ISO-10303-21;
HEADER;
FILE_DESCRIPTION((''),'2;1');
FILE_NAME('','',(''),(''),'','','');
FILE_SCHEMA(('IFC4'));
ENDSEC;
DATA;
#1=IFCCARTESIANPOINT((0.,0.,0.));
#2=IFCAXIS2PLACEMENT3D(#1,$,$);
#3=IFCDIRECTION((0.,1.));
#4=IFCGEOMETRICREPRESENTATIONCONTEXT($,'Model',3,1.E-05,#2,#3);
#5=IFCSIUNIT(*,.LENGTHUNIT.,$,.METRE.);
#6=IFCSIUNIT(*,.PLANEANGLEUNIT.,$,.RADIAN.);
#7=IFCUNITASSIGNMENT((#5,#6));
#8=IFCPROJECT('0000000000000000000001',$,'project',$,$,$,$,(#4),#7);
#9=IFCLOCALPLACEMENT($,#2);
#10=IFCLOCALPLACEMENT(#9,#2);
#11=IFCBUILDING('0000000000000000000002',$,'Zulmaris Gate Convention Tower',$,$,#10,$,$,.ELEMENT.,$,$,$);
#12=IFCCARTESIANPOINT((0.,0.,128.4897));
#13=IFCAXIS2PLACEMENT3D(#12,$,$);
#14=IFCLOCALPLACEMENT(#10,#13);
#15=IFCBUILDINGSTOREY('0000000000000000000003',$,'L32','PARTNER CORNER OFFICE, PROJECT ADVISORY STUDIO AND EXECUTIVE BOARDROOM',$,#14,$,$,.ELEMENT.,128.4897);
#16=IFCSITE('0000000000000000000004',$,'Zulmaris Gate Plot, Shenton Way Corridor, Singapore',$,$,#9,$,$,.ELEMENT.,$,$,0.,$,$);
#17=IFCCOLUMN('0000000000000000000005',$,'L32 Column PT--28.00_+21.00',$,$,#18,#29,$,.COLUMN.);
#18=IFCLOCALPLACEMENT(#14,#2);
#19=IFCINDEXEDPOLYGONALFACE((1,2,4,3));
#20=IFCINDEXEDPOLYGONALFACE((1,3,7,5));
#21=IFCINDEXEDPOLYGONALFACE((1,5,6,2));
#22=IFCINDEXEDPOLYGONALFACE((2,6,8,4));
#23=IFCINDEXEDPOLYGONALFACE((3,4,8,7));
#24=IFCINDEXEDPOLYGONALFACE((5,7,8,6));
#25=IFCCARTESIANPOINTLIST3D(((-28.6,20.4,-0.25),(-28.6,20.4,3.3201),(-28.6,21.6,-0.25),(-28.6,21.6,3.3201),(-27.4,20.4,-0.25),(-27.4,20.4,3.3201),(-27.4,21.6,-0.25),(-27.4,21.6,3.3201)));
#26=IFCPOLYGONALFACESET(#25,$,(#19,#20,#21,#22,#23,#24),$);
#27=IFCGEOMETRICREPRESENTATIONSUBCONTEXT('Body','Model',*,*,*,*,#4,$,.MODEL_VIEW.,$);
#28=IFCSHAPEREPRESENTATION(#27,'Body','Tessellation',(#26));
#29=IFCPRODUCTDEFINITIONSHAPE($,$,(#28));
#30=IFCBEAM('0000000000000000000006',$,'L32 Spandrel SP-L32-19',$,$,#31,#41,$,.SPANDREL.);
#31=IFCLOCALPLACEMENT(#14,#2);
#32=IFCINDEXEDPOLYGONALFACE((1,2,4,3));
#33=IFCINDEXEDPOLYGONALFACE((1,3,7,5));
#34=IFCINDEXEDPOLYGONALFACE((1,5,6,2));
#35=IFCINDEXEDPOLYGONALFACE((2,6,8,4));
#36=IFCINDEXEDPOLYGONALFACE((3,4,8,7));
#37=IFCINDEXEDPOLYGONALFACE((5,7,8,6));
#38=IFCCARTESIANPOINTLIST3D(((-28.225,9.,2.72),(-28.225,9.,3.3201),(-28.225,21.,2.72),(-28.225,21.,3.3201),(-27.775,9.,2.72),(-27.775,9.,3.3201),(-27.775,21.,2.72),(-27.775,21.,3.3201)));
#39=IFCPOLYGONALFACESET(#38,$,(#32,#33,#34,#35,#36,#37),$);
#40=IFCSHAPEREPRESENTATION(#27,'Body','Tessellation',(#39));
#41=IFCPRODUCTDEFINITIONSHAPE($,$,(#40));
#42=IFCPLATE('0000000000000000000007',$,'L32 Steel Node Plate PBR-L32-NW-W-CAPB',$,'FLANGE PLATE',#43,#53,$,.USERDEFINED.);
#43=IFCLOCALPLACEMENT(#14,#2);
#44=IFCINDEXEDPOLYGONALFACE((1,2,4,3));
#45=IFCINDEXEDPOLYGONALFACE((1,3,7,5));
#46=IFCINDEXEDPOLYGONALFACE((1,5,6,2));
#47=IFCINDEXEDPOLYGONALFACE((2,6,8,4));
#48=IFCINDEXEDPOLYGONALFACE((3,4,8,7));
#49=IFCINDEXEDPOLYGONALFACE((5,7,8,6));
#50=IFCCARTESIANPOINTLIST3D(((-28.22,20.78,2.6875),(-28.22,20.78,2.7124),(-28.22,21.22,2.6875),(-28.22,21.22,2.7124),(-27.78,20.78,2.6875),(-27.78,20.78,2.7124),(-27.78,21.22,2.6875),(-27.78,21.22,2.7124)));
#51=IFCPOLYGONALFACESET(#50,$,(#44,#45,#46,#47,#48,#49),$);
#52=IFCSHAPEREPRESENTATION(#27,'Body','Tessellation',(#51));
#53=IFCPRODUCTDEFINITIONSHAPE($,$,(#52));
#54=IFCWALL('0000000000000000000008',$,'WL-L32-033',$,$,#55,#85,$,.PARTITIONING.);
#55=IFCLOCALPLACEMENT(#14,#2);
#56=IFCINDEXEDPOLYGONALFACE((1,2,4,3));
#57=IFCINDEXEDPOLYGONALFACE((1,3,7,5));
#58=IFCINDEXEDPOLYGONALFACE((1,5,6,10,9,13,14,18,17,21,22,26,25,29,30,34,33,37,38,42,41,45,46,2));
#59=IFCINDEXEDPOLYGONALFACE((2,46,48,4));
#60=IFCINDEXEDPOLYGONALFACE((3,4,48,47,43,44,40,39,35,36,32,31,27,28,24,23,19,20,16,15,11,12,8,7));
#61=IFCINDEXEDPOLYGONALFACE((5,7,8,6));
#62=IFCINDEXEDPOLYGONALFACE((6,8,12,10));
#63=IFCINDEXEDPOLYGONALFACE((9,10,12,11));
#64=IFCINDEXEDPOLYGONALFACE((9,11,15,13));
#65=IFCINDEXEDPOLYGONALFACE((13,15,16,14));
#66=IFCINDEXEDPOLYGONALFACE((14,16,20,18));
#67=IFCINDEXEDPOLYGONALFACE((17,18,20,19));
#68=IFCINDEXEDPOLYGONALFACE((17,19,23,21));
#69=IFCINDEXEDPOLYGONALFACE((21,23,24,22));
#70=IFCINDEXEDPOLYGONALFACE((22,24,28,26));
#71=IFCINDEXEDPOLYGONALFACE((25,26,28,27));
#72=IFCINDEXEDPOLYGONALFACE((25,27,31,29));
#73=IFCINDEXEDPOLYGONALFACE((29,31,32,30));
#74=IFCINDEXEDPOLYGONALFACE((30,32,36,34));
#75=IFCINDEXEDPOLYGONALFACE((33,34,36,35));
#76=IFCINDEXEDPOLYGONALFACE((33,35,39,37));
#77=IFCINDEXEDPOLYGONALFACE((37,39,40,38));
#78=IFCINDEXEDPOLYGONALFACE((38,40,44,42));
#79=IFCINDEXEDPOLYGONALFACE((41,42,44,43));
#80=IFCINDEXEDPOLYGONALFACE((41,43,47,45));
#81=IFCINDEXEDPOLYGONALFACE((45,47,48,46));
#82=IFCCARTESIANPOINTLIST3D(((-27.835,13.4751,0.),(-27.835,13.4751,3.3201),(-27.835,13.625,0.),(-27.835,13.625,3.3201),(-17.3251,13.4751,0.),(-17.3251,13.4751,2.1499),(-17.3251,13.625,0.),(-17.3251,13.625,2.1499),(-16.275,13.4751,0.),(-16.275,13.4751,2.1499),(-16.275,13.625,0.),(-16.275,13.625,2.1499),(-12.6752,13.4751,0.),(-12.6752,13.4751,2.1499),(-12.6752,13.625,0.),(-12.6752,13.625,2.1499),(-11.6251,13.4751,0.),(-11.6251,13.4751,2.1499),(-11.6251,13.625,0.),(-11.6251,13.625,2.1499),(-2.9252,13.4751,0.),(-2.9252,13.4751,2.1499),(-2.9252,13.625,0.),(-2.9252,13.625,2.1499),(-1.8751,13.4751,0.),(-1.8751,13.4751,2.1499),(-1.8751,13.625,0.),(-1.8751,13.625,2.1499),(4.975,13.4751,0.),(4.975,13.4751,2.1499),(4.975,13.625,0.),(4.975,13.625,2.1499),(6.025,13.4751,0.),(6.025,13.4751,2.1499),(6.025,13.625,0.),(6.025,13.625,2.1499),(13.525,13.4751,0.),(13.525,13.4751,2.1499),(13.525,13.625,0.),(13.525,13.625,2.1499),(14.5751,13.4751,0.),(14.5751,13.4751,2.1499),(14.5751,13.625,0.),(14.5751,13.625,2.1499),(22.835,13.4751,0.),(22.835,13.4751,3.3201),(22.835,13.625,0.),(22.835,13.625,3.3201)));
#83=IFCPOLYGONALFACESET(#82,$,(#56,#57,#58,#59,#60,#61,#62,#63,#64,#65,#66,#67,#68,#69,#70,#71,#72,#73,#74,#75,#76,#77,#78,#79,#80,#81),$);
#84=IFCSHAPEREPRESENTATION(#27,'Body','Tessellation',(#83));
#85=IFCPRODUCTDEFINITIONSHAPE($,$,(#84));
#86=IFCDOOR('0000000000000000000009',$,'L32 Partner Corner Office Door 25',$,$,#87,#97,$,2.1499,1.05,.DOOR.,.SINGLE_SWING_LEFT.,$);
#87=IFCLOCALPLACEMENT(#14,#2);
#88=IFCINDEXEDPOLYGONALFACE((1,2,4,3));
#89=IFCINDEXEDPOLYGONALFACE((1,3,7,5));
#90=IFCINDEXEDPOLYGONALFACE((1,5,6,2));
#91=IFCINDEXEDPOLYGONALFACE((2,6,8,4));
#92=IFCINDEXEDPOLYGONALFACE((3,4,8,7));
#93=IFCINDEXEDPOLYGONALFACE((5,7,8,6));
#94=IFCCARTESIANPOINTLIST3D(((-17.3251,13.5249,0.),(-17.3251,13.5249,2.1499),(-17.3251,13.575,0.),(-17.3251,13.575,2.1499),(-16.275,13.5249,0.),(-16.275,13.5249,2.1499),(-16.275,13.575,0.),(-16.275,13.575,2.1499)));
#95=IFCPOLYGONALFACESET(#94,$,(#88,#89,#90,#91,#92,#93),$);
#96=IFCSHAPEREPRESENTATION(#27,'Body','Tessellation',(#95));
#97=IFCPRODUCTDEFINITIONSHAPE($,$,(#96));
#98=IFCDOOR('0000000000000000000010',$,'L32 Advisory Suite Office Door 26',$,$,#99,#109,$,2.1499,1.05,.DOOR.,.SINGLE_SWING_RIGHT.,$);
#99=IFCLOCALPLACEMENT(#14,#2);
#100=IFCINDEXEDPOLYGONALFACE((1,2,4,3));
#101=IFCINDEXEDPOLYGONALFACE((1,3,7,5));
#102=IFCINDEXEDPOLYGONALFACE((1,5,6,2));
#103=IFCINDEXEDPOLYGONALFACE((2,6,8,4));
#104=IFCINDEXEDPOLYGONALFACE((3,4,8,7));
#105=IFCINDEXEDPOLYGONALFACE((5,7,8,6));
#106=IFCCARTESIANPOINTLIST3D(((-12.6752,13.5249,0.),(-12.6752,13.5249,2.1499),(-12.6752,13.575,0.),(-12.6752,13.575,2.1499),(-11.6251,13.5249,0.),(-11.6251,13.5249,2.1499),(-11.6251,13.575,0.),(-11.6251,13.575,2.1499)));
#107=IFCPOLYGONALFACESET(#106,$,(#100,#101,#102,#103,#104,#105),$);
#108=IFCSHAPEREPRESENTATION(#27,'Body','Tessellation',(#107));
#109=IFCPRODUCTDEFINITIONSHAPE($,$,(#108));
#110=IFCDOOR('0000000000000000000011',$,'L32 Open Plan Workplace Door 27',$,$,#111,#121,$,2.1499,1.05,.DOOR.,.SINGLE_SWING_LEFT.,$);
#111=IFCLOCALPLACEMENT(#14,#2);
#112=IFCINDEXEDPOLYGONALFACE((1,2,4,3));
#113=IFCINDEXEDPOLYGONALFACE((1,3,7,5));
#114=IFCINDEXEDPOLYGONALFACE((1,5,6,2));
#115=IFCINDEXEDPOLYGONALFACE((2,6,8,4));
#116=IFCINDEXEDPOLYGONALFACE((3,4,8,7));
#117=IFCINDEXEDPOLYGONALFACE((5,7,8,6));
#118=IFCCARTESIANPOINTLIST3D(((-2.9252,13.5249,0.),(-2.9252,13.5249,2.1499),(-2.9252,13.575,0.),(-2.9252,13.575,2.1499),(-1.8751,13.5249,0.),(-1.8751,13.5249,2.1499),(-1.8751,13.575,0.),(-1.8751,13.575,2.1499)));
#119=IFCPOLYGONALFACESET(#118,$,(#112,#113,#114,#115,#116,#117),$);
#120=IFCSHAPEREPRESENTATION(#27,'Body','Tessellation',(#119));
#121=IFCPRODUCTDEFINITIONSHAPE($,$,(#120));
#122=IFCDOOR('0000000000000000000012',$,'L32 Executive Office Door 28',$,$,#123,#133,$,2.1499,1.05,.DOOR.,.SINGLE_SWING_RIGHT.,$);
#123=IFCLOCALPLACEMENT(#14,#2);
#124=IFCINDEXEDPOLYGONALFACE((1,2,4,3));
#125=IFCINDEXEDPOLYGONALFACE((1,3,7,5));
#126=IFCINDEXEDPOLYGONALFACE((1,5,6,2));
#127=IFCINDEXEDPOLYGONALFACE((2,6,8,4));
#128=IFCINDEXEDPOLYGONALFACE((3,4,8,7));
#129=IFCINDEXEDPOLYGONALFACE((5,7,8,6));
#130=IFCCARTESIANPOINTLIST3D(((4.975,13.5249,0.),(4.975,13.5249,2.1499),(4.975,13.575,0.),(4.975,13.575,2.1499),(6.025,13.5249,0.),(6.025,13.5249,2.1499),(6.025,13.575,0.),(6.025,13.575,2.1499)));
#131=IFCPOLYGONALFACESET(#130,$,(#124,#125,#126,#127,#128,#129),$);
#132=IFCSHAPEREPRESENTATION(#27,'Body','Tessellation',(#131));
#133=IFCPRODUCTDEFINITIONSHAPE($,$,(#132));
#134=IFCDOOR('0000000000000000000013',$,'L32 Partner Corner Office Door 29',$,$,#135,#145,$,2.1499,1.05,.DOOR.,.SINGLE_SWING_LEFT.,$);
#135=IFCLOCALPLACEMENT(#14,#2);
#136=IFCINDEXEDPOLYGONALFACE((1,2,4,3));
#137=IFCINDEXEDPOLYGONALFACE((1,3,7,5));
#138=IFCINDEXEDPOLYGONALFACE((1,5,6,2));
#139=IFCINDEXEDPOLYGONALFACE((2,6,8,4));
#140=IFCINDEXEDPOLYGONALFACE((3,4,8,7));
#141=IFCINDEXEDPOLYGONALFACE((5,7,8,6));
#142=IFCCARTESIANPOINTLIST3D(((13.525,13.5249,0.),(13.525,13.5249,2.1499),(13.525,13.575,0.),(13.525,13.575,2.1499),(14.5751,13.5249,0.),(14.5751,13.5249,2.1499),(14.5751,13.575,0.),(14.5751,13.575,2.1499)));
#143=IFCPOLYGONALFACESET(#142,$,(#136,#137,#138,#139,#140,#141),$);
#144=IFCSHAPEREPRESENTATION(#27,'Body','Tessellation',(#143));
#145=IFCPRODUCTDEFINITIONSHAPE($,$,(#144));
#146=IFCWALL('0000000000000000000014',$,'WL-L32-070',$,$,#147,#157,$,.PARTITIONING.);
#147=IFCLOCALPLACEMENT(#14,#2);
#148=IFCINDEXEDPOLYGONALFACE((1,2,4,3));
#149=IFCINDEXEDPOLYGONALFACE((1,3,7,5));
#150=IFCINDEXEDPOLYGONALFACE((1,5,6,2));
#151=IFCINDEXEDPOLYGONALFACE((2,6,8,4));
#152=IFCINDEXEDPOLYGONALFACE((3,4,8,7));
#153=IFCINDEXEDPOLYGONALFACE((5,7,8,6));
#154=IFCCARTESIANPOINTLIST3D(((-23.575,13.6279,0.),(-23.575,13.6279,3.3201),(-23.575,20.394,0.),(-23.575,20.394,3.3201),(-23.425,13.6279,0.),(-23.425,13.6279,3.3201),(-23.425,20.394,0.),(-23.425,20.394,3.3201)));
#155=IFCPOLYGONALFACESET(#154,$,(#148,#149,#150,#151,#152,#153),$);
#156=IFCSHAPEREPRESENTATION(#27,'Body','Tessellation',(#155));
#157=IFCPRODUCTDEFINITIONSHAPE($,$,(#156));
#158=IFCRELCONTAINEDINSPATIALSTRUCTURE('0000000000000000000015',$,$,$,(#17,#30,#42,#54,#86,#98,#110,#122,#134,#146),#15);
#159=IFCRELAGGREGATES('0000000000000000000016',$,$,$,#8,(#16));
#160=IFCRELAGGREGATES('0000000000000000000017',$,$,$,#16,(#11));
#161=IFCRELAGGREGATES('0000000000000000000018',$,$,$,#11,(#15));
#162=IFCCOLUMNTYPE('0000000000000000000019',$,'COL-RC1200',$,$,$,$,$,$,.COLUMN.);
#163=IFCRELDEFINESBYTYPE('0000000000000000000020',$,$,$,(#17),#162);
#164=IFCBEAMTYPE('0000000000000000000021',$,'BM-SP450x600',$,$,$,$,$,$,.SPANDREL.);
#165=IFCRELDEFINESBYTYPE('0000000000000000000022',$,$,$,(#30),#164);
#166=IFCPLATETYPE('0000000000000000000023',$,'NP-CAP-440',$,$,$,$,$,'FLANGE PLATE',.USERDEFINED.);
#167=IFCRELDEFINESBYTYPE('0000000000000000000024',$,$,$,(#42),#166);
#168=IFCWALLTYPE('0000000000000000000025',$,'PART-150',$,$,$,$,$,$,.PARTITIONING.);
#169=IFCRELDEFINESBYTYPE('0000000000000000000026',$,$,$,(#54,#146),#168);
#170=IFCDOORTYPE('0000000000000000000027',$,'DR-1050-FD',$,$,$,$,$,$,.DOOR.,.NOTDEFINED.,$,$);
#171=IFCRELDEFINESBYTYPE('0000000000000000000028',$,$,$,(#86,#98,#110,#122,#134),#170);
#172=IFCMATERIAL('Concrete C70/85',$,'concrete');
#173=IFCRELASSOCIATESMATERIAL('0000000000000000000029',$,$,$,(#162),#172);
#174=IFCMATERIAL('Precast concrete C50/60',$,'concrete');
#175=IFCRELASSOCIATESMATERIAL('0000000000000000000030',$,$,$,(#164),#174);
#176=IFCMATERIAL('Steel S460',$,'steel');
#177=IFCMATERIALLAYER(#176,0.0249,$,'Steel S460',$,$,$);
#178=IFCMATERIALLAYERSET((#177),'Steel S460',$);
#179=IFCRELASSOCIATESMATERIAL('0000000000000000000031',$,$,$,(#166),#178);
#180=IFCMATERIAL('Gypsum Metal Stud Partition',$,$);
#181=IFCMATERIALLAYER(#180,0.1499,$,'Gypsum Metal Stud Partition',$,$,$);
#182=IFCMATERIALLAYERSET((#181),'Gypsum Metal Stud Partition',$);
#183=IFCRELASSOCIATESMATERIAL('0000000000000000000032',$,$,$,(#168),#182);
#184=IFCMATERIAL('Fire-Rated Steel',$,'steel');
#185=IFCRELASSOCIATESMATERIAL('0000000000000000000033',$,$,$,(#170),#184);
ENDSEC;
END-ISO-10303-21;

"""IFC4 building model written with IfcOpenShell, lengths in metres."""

from ifc_helpers import new_model, si_unit, direction, frame, frame_2d, origin, origin_2d, place, context, subcontext, project, spatial, rectangle, extrude, material, layer, layer_set, material_profile, profile_set, type_object, element, fill, save


model = new_model("IFC4")

# Units and contexts
model_context = context("Model", 3, precision=1e-05, world=origin(), true_north=direction((0.0, 1.0)))
body_context = subcontext(model_context, "Body", "Model", "MODEL_VIEW")
ifc_project = project(units=[si_unit("LENGTHUNIT", "METRE"), si_unit("PLANEANGLEUNIT", "RADIAN")], contexts=[model_context])

# Site, building, storey
site_placement = place(None, origin())
site = spatial("IfcSite", under=ifc_project, at=site_placement, Name="Zulmaris Gate Plot, Shenton Way Corridor, Singapore", CompositionType="ELEMENT", RefElevation=0.0)
building_placement = place(site_placement, origin())
building = spatial("IfcBuilding", under=site, at=building_placement, Name="Zulmaris Gate Convention Tower", CompositionType="ELEMENT")
storey_placement = place(building_placement, frame((0.0, 0.0, 128.4897)))
storey = spatial("IfcBuildingStorey", under=building, at=storey_placement, Name="L32", Description="PARTNER CORNER OFFICE, PROJECT ADVISORY STUDIO AND EXECUTIVE BOARDROOM", CompositionType="ELEMENT", Elevation=128.4897)

# Column
ifc_material_1 = material(Name="Concrete C70/85", Category="concrete")
ifc_material_profile_1 = material_profile(ifc_material_1, rectangle(XDim=1.2, YDim=1.2, at=origin_2d()), Name="RC COL 1200x1200")
ifc_profile_set_1 = profile_set([ifc_material_profile_1], Name="Concrete C70/85")
column_type = type_object("IfcColumnType", Name="COL-RC1200", PredefinedType="COLUMN", material=ifc_profile_set_1)
column_placement = place(storey_placement, frame((-28.0, 21.0, -0.25), z_axis=(0.0, 0.0, 1.0), x_axis=(1.0, 0.0, 0.0)))
element("IfcColumn", 1, at=column_placement, inside=storey, type_object=column_type, Name="L32 Column PT--28.00_+21.00", PredefinedType="COLUMN", context=body_context, shape_type="SweptSolid", body=[
    extrude(rectangle(XDim=1.2, YDim=1.2, at=origin_2d()), origin(), (0.0, 0.0, 1.0), 3.5701),
])

# Beam
ifc_material_2 = material(Name="Precast concrete C50/60", Category="concrete")
ifc_material_profile_2 = material_profile(ifc_material_2, rectangle(XDim=0.45, YDim=0.6001, at=origin_2d()), Name="RC SPANDREL 450x600")
ifc_profile_set_2 = profile_set([ifc_material_profile_2], Name="Precast concrete C50/60")
beam_type = type_object("IfcBeamType", Name="BM-SP450x600", PredefinedType="SPANDREL", material=ifc_profile_set_2)
beam_placement = place(storey_placement, frame((-28.0, 21.0, 3.02), z_axis=(0.0, -1.0, 0.0), x_axis=(1.0, 0.0, 0.0)))
element("IfcBeam", 2, at=beam_placement, inside=storey, type_object=beam_type, Name="L32 Spandrel SP-L32-19", PredefinedType="SPANDREL", context=body_context, shape_type="SweptSolid", body=[
    extrude(rectangle(XDim=0.45, YDim=0.6001, at=origin_2d()), origin(), (0.0, 0.0, 1.0), 12.0),
])

# Plate
ifc_material_3 = material(Name="Steel S460", Category="steel")
ifc_layer_1 = layer(ifc_material_3, 0.0249, Name="Steel S460")
ifc_layer_set_1 = layer_set([ifc_layer_1], Name="Steel S460")
plate_type = type_object("IfcPlateType", Name="NP-CAP-440", ElementType="FLANGE PLATE", PredefinedType="USERDEFINED", material=ifc_layer_set_1)
plate_placement = place(storey_placement, frame((-28.0, 21.0, 2.6875), z_axis=(0.0, 0.0, 1.0), x_axis=(1.0, 0.0, 0.0)))
element("IfcPlate", 3, at=plate_placement, inside=storey, type_object=plate_type, Name="L32 Steel Node Plate PBR-L32-NW-W-CAPB", ObjectType="FLANGE PLATE", PredefinedType="USERDEFINED", context=body_context, shape_type="SweptSolid", body=[
    extrude(rectangle(XDim=0.4399, YDim=0.4399, at=origin_2d()), origin(), (0.0, 0.0, 1.0), 0.0249),
])

# Wall, openings, doors
ifc_material_4 = material(Name="Gypsum Metal Stud Partition")
ifc_layer_2 = layer(ifc_material_4, 0.1499, Name="Gypsum Metal Stud Partition")
ifc_layer_set_2 = layer_set([ifc_layer_2], Name="Gypsum Metal Stud Partition")
wall_type_1 = type_object("IfcWallType", Name="PART-150", PredefinedType="PARTITIONING", material=ifc_layer_set_2)
wall_1_placement = place(storey_placement, frame((-27.835, 13.55, 0.0), z_axis=(0.0, 0.0, 1.0), x_axis=(1.0, 0.0, 0.0)))
wall_1 = element("IfcWall", 4, at=wall_1_placement, inside=storey, type_object=wall_type_1, Name="WL-L32-033", PredefinedType="PARTITIONING", context=body_context, shape_type="SweptSolid", body=[
    extrude(rectangle(XDim=50.6699, YDim=0.1499, at=frame_2d((25.335, 0.0))), origin(), (0.0, 0.0, 1.0), 3.3201),
])
opening_1_placement = place(wall_1_placement, frame((10.51, 0.0, 0.0)))
opening_1 = element("IfcOpeningElement", 5, at=opening_1_placement, cuts=wall_1, PredefinedType="OPENING", context=body_context, shape_type="SweptSolid", body=[
    extrude(rectangle(XDim=1.05, YDim=2.1499, at=frame_2d((0.5249, 1.075))), frame((0.0, 0.085, 0.0), z_axis=(0.0, -1.0, 0.0), x_axis=(1.0, 0.0, 0.0)), (0.0, 0.0, 1.0), 0.1699),
])
opening_2_placement = place(wall_1_placement, frame((15.1599, 0.0, 0.0)))
opening_2 = element("IfcOpeningElement", 6, at=opening_2_placement, cuts=wall_1, PredefinedType="OPENING", context=body_context, shape_type="SweptSolid", body=[
    extrude(rectangle(XDim=1.05, YDim=2.1499, at=frame_2d((0.5249, 1.075))), frame((0.0, 0.085, 0.0), z_axis=(0.0, -1.0, 0.0), x_axis=(1.0, 0.0, 0.0)), (0.0, 0.0, 1.0), 0.1699),
])
opening_3_placement = place(wall_1_placement, frame((24.9099, 0.0, 0.0)))
opening_3 = element("IfcOpeningElement", 7, at=opening_3_placement, cuts=wall_1, PredefinedType="OPENING", context=body_context, shape_type="SweptSolid", body=[
    extrude(rectangle(XDim=1.05, YDim=2.1499, at=frame_2d((0.5249, 1.075))), frame((0.0, 0.085, 0.0), z_axis=(0.0, -1.0, 0.0), x_axis=(1.0, 0.0, 0.0)), (0.0, 0.0, 1.0), 0.1699),
])
opening_4_placement = place(wall_1_placement, frame((32.8101, 0.0, 0.0)))
opening_4 = element("IfcOpeningElement", 8, at=opening_4_placement, cuts=wall_1, PredefinedType="OPENING", context=body_context, shape_type="SweptSolid", body=[
    extrude(rectangle(XDim=1.05, YDim=2.1499, at=frame_2d((0.5249, 1.075))), frame((0.0, 0.085, 0.0), z_axis=(0.0, -1.0, 0.0), x_axis=(1.0, 0.0, 0.0)), (0.0, 0.0, 1.0), 0.1699),
])
opening_5_placement = place(wall_1_placement, frame((41.3601, 0.0, 0.0)))
opening_5 = element("IfcOpeningElement", 9, at=opening_5_placement, cuts=wall_1, PredefinedType="OPENING", context=body_context, shape_type="SweptSolid", body=[
    extrude(rectangle(XDim=1.05, YDim=2.1499, at=frame_2d((0.5249, 1.075))), frame((0.0, 0.085, 0.0), z_axis=(0.0, -1.0, 0.0), x_axis=(1.0, 0.0, 0.0)), (0.0, 0.0, 1.0), 0.1699),
])
ifc_material_5 = material(Name="Fire-Rated Steel", Category="steel")
door_type = type_object("IfcDoorType", Name="DR-1050-FD", OperationType="NOTDEFINED", PredefinedType="DOOR", material=ifc_material_5)
door_1_placement = place(opening_1_placement, origin())
door_1 = element("IfcDoor", 10, at=door_1_placement, inside=storey, type_object=door_type, Name="L32 Partner Corner Office Door 25", OperationType="SINGLE_SWING_LEFT", OverallHeight=2.1499, OverallWidth=1.05, PredefinedType="DOOR", context=body_context, shape_type="SweptSolid", body=[
    extrude(rectangle(XDim=1.05, YDim=2.1499, at=frame_2d((0.5249, 1.075))), frame((0.0, 0.0249, 0.0), z_axis=(0.0, -1.0, 0.0), x_axis=(1.0, 0.0, 0.0)), (0.0, 0.0, 1.0), 0.05),
])
fill(opening_1, door_1)
door_2_placement = place(opening_2_placement, origin())
door_2 = element("IfcDoor", 11, at=door_2_placement, inside=storey, type_object=door_type, Name="L32 Advisory Suite Office Door 26", OperationType="SINGLE_SWING_RIGHT", OverallHeight=2.1499, OverallWidth=1.05, PredefinedType="DOOR", context=body_context, shape_type="SweptSolid", body=[
    extrude(rectangle(XDim=1.05, YDim=2.1499, at=frame_2d((0.5249, 1.075))), frame((0.0, 0.0249, 0.0), z_axis=(0.0, -1.0, 0.0), x_axis=(1.0, 0.0, 0.0)), (0.0, 0.0, 1.0), 0.05),
])
fill(opening_2, door_2)
door_3_placement = place(opening_3_placement, origin())
door_3 = element("IfcDoor", 12, at=door_3_placement, inside=storey, type_object=door_type, Name="L32 Open Plan Workplace Door 27", OperationType="SINGLE_SWING_LEFT", OverallHeight=2.1499, OverallWidth=1.05, PredefinedType="DOOR", context=body_context, shape_type="SweptSolid", body=[
    extrude(rectangle(XDim=1.05, YDim=2.1499, at=frame_2d((0.5249, 1.075))), frame((0.0, 0.0249, 0.0), z_axis=(0.0, -1.0, 0.0), x_axis=(1.0, 0.0, 0.0)), (0.0, 0.0, 1.0), 0.05),
])
fill(opening_3, door_3)
door_4_placement = place(opening_4_placement, origin())
door_4 = element("IfcDoor", 13, at=door_4_placement, inside=storey, type_object=door_type, Name="L32 Executive Office Door 28", OperationType="SINGLE_SWING_RIGHT", OverallHeight=2.1499, OverallWidth=1.05, PredefinedType="DOOR", context=body_context, shape_type="SweptSolid", body=[
    extrude(rectangle(XDim=1.05, YDim=2.1499, at=frame_2d((0.5249, 1.075))), frame((0.0, 0.0249, 0.0), z_axis=(0.0, -1.0, 0.0), x_axis=(1.0, 0.0, 0.0)), (0.0, 0.0, 1.0), 0.05),
])
fill(opening_4, door_4)
door_5_placement = place(opening_5_placement, origin())
door_5 = element("IfcDoor", 14, at=door_5_placement, inside=storey, type_object=door_type, Name="L32 Partner Corner Office Door 29", OperationType="SINGLE_SWING_LEFT", OverallHeight=2.1499, OverallWidth=1.05, PredefinedType="DOOR", context=body_context, shape_type="SweptSolid", body=[
    extrude(rectangle(XDim=1.05, YDim=2.1499, at=frame_2d((0.5249, 1.075))), frame((0.0, 0.0249, 0.0), z_axis=(0.0, -1.0, 0.0), x_axis=(1.0, 0.0, 0.0)), (0.0, 0.0, 1.0), 0.05),
])
fill(opening_5, door_5)

# Wall
wall_2_placement = place(storey_placement, frame((-23.5, 13.6279, 0.0), z_axis=(0.0, 0.0, 1.0), x_axis=(0.0, 1.0, 0.0)))
element("IfcWall", 15, at=wall_2_placement, inside=storey, type_object=wall_type_1, Name="WL-L32-070", PredefinedType="PARTITIONING", context=body_context, shape_type="SweptSolid", body=[
    extrude(rectangle(XDim=6.7661, YDim=0.1499, at=frame_2d((3.3831, 0.0))), origin(), (0.0, 0.0, 1.0), 3.3201),
])

save(model, "model.ifc")
